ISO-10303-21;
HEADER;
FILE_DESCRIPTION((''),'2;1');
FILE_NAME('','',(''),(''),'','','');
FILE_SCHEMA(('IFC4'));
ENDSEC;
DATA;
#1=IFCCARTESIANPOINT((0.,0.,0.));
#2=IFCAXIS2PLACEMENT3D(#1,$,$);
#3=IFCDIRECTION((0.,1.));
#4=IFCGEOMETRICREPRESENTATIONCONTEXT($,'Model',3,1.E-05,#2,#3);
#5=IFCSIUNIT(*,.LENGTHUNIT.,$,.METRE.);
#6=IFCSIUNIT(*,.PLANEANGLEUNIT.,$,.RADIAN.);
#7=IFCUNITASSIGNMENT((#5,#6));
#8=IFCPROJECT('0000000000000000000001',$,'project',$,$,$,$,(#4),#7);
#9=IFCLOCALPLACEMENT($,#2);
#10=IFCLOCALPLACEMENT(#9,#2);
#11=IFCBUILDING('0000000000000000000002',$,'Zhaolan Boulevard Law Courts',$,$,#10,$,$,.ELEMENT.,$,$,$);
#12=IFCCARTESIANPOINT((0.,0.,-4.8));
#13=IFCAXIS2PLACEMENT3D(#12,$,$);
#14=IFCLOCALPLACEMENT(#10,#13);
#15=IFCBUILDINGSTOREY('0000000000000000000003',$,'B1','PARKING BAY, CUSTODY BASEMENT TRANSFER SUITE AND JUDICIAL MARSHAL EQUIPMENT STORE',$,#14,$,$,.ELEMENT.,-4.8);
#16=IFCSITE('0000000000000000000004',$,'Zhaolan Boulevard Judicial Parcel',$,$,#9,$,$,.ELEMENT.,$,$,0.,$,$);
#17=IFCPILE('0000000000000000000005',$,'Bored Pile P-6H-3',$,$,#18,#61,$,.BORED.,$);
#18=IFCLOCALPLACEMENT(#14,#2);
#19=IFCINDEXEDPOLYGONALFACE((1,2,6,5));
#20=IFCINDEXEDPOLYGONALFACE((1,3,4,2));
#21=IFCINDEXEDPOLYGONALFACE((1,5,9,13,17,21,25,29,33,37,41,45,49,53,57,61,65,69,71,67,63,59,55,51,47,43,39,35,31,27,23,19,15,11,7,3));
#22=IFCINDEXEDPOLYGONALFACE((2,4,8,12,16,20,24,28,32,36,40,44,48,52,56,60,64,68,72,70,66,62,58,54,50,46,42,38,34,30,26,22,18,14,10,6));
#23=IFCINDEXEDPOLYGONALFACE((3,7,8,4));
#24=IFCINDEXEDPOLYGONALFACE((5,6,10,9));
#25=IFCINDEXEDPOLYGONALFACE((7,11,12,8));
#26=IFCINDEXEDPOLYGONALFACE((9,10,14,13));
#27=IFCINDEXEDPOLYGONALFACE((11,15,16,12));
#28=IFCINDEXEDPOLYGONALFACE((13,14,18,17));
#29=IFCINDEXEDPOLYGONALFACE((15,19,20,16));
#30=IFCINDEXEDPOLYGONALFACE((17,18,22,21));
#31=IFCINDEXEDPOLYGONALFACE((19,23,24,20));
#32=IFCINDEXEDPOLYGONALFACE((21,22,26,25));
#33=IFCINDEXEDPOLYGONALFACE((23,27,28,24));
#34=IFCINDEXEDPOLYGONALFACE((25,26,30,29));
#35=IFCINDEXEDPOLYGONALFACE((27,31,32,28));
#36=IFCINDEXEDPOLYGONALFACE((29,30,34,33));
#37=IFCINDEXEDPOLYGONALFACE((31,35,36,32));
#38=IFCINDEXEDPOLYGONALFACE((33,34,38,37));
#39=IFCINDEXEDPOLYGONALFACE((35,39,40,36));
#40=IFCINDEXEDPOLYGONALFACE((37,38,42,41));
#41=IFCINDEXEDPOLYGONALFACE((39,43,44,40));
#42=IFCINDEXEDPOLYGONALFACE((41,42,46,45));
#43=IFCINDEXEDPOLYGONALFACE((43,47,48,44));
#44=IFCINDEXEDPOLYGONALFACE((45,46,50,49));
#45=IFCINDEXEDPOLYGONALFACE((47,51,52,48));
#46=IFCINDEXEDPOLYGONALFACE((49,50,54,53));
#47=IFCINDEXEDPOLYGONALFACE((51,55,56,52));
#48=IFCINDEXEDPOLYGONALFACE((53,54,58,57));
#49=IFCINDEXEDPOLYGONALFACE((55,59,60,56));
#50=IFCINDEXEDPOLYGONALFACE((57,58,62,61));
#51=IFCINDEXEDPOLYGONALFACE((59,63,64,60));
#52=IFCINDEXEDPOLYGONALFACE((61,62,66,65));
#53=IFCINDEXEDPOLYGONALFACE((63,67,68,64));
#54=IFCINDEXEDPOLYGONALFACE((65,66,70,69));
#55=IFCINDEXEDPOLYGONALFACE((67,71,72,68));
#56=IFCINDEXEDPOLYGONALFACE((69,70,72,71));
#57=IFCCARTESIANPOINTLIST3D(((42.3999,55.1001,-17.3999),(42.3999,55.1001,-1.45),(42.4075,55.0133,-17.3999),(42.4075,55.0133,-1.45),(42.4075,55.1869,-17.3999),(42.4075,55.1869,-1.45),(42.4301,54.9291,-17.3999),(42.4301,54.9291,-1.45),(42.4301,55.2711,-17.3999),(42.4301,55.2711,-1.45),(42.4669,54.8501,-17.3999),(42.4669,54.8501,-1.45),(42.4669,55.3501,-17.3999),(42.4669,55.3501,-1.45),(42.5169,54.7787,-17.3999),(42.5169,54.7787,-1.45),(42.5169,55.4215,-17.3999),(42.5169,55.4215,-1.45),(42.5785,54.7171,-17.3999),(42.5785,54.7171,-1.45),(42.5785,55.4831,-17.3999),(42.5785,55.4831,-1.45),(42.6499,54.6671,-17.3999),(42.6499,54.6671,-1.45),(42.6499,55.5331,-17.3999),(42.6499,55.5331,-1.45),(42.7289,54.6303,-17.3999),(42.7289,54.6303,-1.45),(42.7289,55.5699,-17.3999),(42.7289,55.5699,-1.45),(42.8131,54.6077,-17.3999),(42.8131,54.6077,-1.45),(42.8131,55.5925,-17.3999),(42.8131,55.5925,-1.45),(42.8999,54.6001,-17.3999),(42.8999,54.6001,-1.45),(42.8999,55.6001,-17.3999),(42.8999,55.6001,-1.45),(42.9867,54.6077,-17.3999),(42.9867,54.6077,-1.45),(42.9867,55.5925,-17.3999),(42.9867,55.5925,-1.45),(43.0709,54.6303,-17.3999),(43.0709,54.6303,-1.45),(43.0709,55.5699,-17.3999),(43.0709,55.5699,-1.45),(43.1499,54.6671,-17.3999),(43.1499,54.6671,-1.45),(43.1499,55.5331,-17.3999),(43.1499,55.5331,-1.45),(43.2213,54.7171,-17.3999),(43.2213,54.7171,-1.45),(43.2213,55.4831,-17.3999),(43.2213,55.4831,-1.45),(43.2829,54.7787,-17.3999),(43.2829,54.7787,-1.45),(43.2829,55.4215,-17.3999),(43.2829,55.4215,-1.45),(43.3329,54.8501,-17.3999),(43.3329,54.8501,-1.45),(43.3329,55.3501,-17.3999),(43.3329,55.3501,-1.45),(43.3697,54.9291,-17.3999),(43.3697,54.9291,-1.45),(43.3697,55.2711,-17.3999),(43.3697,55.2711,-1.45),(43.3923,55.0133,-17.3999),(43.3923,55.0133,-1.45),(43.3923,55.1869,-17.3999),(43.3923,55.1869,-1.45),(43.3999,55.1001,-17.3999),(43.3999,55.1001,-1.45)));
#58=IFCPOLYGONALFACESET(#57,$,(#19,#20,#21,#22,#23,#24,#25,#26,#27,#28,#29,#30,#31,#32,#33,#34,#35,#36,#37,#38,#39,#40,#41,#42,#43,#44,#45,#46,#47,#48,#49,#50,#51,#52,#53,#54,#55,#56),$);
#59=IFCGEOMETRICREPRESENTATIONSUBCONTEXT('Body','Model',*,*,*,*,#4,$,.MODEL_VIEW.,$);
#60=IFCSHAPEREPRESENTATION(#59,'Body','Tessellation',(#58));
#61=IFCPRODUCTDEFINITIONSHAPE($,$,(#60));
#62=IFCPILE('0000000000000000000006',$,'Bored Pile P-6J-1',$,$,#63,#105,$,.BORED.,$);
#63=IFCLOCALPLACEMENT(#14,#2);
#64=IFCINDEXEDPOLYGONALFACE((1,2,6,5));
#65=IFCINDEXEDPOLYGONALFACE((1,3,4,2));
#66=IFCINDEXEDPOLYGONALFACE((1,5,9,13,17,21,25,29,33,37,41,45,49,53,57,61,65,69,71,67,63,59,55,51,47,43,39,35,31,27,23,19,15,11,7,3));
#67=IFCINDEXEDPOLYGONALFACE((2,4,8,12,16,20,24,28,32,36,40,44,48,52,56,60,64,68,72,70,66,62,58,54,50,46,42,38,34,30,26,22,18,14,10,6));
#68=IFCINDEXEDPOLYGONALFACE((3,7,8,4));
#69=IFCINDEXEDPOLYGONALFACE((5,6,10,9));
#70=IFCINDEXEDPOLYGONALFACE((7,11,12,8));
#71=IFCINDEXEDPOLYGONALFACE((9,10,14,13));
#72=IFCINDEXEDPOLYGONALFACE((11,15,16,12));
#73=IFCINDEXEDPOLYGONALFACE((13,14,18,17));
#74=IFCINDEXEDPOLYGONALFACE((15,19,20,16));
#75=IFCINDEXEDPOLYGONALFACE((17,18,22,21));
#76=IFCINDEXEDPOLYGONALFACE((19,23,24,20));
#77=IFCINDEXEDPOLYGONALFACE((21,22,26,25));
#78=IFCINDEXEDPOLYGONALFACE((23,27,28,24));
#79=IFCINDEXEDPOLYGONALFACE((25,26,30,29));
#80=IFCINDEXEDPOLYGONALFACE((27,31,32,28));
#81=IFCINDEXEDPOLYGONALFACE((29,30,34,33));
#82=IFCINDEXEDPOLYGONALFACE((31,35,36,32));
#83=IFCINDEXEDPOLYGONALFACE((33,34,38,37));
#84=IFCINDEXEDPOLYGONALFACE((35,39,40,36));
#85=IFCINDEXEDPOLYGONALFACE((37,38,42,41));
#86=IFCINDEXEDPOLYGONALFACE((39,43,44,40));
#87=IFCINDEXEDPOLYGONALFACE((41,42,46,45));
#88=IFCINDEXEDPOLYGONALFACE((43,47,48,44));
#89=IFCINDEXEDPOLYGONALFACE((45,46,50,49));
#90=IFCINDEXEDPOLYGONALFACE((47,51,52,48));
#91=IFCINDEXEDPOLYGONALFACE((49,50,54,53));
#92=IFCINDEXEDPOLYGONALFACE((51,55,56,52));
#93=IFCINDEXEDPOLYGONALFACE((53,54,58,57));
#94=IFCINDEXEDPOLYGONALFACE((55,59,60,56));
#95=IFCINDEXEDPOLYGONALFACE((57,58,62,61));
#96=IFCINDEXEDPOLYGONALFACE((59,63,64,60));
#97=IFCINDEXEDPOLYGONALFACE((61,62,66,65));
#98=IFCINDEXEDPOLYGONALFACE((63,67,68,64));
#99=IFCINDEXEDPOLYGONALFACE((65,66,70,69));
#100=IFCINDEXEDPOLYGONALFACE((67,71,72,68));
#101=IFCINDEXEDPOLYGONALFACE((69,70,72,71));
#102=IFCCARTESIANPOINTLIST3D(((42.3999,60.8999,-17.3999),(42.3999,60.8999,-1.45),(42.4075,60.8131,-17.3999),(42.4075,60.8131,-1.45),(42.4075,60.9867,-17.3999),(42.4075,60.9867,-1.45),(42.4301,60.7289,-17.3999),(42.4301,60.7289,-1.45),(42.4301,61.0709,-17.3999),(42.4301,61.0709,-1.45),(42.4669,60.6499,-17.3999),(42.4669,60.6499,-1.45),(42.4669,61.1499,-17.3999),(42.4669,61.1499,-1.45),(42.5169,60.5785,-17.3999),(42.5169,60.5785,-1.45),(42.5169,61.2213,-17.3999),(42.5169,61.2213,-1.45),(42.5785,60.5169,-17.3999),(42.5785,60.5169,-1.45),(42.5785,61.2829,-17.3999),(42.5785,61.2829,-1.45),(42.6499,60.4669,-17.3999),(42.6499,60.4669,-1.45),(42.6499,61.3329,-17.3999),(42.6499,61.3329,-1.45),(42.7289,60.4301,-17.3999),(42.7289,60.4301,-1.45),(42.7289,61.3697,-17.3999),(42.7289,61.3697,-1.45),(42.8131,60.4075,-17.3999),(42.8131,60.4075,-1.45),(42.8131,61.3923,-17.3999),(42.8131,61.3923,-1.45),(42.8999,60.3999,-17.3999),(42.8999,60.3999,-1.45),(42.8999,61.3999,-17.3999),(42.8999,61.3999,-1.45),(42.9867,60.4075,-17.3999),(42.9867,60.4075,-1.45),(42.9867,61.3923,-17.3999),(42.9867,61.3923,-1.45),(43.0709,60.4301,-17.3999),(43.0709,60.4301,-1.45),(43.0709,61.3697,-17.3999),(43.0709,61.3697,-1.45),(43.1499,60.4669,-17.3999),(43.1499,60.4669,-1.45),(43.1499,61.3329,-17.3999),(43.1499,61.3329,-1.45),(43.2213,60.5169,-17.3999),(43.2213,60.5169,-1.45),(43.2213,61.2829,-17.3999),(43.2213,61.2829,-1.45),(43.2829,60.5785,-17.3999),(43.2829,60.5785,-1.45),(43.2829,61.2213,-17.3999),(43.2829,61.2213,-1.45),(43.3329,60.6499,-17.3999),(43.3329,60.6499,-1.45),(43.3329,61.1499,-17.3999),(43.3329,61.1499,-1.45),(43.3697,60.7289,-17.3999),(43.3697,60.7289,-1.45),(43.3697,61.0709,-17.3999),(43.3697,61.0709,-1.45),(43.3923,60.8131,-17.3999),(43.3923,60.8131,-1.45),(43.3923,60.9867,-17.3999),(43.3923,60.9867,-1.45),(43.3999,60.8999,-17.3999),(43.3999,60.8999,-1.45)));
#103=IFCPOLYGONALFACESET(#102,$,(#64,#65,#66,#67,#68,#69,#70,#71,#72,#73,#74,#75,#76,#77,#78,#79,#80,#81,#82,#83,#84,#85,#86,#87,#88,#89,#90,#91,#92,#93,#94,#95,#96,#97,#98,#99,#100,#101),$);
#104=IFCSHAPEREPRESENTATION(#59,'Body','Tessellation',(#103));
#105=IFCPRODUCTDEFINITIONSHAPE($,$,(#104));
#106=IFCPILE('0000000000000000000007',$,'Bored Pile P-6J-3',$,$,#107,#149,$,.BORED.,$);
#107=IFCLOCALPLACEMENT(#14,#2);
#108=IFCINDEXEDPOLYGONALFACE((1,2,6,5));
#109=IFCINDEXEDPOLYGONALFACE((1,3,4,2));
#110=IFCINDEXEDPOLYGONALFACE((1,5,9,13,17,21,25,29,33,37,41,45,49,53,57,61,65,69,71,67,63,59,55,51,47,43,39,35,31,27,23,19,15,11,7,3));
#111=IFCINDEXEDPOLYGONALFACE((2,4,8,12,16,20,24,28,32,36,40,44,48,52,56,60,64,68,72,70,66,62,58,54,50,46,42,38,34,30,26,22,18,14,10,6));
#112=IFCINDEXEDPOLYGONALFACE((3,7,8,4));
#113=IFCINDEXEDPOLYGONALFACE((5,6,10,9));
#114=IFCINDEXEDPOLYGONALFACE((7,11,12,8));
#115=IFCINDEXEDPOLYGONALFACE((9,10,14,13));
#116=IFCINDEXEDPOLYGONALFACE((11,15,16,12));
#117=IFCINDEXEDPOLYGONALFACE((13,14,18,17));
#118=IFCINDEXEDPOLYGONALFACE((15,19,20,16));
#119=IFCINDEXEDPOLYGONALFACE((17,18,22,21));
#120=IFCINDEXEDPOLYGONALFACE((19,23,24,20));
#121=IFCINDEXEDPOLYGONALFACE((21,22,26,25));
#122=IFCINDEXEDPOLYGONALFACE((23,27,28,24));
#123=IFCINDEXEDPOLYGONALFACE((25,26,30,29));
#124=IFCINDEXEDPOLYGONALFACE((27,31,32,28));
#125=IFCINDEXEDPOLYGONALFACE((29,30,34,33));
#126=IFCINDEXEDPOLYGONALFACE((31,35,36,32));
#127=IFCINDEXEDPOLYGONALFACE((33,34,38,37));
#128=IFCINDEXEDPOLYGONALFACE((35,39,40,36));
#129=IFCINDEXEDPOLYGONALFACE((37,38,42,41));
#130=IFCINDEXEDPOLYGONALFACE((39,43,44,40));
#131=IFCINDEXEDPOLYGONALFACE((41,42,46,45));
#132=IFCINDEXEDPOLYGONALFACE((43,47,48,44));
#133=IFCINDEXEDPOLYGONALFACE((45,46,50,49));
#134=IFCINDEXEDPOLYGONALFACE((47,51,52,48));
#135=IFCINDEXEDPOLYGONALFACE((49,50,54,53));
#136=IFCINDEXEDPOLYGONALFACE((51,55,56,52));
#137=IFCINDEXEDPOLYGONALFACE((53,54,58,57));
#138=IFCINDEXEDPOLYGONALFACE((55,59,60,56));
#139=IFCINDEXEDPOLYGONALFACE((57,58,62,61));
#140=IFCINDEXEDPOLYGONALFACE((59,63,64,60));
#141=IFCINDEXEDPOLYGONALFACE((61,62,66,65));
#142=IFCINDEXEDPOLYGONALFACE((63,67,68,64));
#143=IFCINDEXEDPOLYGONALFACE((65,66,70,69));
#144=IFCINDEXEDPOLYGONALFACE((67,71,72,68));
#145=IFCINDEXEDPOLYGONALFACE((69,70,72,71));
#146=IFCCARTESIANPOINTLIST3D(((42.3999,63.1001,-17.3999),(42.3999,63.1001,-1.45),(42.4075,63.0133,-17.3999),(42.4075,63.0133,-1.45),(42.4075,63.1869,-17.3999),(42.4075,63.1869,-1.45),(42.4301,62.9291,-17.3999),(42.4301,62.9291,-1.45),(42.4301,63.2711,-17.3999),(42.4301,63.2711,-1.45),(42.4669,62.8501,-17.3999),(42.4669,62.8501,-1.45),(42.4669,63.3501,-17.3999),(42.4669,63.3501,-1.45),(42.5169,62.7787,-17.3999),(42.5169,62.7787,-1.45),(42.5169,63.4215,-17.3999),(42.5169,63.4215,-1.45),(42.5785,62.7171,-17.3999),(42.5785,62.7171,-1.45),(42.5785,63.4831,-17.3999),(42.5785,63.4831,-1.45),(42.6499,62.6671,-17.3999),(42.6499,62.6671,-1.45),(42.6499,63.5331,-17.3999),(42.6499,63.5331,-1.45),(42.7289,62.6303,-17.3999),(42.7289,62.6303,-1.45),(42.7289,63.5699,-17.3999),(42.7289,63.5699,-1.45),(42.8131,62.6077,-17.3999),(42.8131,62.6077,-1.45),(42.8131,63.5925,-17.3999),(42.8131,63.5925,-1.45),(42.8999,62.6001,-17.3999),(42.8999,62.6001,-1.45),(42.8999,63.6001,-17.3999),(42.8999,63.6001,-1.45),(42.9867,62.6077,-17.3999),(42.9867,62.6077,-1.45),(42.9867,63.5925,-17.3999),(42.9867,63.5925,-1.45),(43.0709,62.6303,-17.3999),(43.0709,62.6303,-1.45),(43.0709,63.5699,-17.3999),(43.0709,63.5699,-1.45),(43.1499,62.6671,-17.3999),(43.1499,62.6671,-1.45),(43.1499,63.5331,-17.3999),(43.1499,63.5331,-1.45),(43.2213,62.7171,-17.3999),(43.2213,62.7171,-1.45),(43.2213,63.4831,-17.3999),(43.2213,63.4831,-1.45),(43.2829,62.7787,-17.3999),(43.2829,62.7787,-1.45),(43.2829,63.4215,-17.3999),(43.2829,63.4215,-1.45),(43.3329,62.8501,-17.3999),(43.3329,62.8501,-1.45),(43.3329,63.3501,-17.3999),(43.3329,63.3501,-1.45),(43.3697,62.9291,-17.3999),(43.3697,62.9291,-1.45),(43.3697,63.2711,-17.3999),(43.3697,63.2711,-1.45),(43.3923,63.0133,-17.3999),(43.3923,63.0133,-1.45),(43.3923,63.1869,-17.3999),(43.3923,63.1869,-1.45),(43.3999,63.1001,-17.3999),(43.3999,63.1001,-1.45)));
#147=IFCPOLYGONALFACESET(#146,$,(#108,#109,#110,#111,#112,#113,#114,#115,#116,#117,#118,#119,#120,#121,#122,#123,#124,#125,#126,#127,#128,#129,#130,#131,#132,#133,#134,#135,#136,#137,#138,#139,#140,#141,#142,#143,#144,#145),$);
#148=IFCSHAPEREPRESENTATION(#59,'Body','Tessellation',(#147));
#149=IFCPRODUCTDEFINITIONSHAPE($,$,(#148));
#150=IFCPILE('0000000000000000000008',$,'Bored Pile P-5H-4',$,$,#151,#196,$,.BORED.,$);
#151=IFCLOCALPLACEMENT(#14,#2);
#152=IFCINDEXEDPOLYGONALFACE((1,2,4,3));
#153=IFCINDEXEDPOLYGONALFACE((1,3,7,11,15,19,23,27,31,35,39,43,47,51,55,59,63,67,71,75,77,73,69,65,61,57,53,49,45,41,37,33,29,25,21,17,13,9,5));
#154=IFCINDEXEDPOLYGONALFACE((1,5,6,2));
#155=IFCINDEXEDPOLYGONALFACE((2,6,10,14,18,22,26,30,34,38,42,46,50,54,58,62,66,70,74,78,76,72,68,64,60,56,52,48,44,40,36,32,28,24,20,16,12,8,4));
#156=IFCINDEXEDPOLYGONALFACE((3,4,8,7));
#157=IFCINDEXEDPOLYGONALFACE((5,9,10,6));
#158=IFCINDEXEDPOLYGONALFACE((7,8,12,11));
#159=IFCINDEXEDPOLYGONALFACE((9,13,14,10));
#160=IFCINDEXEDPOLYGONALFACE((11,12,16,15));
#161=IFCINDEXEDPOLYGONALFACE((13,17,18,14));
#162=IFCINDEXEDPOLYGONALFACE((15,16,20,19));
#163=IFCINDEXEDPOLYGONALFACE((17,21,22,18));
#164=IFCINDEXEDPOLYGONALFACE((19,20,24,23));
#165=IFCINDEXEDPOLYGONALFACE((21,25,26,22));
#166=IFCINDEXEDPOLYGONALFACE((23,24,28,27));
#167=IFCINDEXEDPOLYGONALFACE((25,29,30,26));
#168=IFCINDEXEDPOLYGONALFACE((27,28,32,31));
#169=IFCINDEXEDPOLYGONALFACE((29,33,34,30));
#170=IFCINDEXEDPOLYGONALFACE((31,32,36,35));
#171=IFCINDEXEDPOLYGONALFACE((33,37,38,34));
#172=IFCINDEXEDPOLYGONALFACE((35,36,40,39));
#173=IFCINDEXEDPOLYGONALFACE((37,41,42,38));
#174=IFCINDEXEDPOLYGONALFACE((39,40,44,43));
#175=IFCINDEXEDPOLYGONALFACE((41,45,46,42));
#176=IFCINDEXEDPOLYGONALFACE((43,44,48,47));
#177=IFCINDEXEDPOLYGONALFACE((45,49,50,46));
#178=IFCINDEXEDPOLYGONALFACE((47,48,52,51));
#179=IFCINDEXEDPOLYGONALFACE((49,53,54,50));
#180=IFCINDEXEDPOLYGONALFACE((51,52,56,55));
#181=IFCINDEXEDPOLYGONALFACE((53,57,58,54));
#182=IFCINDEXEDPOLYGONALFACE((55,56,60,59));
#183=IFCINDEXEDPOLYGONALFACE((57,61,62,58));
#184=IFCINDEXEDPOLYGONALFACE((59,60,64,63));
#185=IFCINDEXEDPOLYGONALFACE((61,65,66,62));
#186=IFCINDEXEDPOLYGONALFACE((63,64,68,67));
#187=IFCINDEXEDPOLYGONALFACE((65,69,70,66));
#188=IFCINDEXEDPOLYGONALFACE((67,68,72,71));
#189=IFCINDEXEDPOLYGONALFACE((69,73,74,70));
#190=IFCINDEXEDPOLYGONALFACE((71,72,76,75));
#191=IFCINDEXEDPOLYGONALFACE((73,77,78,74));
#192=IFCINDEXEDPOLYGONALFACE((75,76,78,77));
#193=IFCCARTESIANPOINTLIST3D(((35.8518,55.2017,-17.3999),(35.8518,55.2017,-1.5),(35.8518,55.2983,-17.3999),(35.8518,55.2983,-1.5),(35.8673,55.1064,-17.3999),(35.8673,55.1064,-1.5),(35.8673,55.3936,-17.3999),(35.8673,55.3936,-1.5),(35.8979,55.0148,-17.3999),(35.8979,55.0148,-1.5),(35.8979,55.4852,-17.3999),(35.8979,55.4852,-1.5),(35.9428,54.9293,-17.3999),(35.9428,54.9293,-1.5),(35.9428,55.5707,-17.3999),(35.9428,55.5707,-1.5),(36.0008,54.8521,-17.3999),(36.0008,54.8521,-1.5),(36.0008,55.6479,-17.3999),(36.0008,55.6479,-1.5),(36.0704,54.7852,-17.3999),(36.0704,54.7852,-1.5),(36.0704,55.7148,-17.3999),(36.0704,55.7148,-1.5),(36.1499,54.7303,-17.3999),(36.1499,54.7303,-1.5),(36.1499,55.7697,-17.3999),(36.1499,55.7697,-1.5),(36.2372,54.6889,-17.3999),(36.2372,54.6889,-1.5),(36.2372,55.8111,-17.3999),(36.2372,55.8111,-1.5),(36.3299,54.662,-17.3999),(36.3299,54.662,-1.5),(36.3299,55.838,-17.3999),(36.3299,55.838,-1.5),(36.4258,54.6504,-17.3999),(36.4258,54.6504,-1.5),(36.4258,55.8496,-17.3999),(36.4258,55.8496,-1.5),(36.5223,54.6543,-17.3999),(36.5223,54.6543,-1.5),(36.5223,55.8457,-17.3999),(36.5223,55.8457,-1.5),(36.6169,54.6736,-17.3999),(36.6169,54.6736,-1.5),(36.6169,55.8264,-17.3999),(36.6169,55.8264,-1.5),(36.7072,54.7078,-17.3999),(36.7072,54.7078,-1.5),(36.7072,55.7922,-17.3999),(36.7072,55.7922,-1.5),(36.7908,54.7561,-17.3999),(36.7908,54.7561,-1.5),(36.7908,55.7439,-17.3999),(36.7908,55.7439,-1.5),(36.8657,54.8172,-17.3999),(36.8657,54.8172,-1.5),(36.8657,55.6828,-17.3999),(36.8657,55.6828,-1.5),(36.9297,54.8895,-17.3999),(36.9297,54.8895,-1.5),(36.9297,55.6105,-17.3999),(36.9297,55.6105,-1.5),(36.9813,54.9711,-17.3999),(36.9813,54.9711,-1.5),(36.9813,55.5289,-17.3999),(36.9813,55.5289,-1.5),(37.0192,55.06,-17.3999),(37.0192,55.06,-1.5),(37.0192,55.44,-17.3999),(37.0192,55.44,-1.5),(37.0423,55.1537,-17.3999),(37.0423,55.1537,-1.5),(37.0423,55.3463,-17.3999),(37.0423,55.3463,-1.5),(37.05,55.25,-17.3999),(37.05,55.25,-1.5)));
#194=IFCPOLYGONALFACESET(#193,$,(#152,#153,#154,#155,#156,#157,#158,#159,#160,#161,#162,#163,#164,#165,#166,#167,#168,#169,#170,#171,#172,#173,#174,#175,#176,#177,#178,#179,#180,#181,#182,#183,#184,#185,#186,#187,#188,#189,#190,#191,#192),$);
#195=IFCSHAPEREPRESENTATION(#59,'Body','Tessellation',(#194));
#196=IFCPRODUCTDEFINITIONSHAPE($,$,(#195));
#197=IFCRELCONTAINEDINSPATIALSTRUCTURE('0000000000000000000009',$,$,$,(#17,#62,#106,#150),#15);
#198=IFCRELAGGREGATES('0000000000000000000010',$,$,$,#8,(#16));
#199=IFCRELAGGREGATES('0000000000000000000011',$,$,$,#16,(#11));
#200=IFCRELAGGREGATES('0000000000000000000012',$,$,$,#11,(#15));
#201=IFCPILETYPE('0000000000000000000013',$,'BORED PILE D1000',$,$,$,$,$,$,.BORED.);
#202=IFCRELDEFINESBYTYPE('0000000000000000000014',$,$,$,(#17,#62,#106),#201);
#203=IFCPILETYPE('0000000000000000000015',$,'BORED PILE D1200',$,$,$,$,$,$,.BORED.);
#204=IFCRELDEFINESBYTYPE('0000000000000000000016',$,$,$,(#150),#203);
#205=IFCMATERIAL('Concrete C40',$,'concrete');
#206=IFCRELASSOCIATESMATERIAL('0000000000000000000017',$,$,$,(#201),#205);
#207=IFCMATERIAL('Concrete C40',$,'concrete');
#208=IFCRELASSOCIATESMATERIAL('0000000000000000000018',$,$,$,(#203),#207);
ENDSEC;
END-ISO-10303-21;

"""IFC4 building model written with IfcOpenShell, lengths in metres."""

from ifc_helpers import new_model, si_unit, direction, frame, origin, origin_2d, place, context, subcontext, project, spatial, circle, extrude, material, material_profile, profile_set, type_object, element, save


model = new_model("IFC4")

# Units and contexts
model_context = context("Model", 3, precision=1e-05, world=origin(), true_north=direction((0.0, 1.0)))
body_context = subcontext(model_context, "Body", "Model", "MODEL_VIEW")
ifc_project = project(units=[si_unit("LENGTHUNIT", "METRE"), si_unit("PLANEANGLEUNIT", "RADIAN")], contexts=[model_context])

# Site, building, storey
site_placement = place(None, origin())
site = spatial("IfcSite", under=ifc_project, at=site_placement, Name="Zhaolan Boulevard Judicial Parcel", CompositionType="ELEMENT", RefElevation=0.0)
building_placement = place(site_placement, origin())
building = spatial("IfcBuilding", under=site, at=building_placement, Name="Zhaolan Boulevard Law Courts", CompositionType="ELEMENT")
storey_placement = place(building_placement, frame((0.0, 0.0, -4.8)))
storey = spatial("IfcBuildingStorey", under=building, at=storey_placement, Name="B1", Description="PARKING BAY, CUSTODY BASEMENT TRANSFER SUITE AND JUDICIAL MARSHAL EQUIPMENT STORE", CompositionType="ELEMENT", Elevation=-4.8)

# Piles
ifc_material_1 = material(Name="Concrete C40", Category="concrete")
ifc_material_profile_1 = material_profile(ifc_material_1, circle(Radius=0.5, at=origin_2d()), Name="PILE-D1000")
ifc_profile_set_1 = profile_set([ifc_material_profile_1], Name="Concrete C40")
pile_type_1 = type_object("IfcPileType", Name="BORED PILE D1000", PredefinedType="BORED", material=ifc_profile_set_1)
for number, where, z_axis, x_axis, name in (
    (1, (42.8999, 55.1001, -1.45), (0.0, 0.0, -1.0), (1.0, 0.0, 0.0), "Bored Pile P-6H-3"),
    (2, (42.8999, 60.8999, -1.45), (0.0, 0.0, -1.0), (1.0, 0.0, 0.0), "Bored Pile P-6J-1"),
    (3, (42.8999, 63.1001, -1.45), (0.0, 0.0, -1.0), (1.0, 0.0, 0.0), "Bored Pile P-6J-3"),
):
    element("IfcPile", number, at=place(storey_placement, frame(where, z_axis=z_axis, x_axis=x_axis)), inside=storey, type_object=pile_type_1, Name=name, PredefinedType="BORED", context=body_context, shape_type="SweptSolid", body=[
        extrude(circle(Radius=0.5, at=origin_2d()), origin(), (0.0, 0.0, 1.0), 15.95),
    ])
ifc_material_2 = material(Name="Concrete C40", Category="concrete")
ifc_material_profile_2 = material_profile(ifc_material_2, circle(Radius=0.6001, at=origin_2d()), Name="PILE-D1200")
ifc_profile_set_2 = profile_set([ifc_material_profile_2], Name="Concrete C40")
pile_type_2 = type_object("IfcPileType", Name="BORED PILE D1200", PredefinedType="BORED", material=ifc_profile_set_2)
for number, where, z_axis, x_axis, name in (
    (4, (36.45, 55.25, -1.5), (0.0, 0.0, -1.0), (1.0, 0.0, 0.0), "Bored Pile P-5H-4"),
):
    element("IfcPile", number, at=place(storey_placement, frame(where, z_axis=z_axis, x_axis=x_axis)), inside=storey, type_object=pile_type_2, Name=name, PredefinedType="BORED", context=body_context, shape_type="SweptSolid", body=[
        extrude(circle(Radius=0.6001, at=origin_2d()), origin(), (0.0, 0.0, 1.0), 15.8999),
    ])

save(model, "model.ifc")
